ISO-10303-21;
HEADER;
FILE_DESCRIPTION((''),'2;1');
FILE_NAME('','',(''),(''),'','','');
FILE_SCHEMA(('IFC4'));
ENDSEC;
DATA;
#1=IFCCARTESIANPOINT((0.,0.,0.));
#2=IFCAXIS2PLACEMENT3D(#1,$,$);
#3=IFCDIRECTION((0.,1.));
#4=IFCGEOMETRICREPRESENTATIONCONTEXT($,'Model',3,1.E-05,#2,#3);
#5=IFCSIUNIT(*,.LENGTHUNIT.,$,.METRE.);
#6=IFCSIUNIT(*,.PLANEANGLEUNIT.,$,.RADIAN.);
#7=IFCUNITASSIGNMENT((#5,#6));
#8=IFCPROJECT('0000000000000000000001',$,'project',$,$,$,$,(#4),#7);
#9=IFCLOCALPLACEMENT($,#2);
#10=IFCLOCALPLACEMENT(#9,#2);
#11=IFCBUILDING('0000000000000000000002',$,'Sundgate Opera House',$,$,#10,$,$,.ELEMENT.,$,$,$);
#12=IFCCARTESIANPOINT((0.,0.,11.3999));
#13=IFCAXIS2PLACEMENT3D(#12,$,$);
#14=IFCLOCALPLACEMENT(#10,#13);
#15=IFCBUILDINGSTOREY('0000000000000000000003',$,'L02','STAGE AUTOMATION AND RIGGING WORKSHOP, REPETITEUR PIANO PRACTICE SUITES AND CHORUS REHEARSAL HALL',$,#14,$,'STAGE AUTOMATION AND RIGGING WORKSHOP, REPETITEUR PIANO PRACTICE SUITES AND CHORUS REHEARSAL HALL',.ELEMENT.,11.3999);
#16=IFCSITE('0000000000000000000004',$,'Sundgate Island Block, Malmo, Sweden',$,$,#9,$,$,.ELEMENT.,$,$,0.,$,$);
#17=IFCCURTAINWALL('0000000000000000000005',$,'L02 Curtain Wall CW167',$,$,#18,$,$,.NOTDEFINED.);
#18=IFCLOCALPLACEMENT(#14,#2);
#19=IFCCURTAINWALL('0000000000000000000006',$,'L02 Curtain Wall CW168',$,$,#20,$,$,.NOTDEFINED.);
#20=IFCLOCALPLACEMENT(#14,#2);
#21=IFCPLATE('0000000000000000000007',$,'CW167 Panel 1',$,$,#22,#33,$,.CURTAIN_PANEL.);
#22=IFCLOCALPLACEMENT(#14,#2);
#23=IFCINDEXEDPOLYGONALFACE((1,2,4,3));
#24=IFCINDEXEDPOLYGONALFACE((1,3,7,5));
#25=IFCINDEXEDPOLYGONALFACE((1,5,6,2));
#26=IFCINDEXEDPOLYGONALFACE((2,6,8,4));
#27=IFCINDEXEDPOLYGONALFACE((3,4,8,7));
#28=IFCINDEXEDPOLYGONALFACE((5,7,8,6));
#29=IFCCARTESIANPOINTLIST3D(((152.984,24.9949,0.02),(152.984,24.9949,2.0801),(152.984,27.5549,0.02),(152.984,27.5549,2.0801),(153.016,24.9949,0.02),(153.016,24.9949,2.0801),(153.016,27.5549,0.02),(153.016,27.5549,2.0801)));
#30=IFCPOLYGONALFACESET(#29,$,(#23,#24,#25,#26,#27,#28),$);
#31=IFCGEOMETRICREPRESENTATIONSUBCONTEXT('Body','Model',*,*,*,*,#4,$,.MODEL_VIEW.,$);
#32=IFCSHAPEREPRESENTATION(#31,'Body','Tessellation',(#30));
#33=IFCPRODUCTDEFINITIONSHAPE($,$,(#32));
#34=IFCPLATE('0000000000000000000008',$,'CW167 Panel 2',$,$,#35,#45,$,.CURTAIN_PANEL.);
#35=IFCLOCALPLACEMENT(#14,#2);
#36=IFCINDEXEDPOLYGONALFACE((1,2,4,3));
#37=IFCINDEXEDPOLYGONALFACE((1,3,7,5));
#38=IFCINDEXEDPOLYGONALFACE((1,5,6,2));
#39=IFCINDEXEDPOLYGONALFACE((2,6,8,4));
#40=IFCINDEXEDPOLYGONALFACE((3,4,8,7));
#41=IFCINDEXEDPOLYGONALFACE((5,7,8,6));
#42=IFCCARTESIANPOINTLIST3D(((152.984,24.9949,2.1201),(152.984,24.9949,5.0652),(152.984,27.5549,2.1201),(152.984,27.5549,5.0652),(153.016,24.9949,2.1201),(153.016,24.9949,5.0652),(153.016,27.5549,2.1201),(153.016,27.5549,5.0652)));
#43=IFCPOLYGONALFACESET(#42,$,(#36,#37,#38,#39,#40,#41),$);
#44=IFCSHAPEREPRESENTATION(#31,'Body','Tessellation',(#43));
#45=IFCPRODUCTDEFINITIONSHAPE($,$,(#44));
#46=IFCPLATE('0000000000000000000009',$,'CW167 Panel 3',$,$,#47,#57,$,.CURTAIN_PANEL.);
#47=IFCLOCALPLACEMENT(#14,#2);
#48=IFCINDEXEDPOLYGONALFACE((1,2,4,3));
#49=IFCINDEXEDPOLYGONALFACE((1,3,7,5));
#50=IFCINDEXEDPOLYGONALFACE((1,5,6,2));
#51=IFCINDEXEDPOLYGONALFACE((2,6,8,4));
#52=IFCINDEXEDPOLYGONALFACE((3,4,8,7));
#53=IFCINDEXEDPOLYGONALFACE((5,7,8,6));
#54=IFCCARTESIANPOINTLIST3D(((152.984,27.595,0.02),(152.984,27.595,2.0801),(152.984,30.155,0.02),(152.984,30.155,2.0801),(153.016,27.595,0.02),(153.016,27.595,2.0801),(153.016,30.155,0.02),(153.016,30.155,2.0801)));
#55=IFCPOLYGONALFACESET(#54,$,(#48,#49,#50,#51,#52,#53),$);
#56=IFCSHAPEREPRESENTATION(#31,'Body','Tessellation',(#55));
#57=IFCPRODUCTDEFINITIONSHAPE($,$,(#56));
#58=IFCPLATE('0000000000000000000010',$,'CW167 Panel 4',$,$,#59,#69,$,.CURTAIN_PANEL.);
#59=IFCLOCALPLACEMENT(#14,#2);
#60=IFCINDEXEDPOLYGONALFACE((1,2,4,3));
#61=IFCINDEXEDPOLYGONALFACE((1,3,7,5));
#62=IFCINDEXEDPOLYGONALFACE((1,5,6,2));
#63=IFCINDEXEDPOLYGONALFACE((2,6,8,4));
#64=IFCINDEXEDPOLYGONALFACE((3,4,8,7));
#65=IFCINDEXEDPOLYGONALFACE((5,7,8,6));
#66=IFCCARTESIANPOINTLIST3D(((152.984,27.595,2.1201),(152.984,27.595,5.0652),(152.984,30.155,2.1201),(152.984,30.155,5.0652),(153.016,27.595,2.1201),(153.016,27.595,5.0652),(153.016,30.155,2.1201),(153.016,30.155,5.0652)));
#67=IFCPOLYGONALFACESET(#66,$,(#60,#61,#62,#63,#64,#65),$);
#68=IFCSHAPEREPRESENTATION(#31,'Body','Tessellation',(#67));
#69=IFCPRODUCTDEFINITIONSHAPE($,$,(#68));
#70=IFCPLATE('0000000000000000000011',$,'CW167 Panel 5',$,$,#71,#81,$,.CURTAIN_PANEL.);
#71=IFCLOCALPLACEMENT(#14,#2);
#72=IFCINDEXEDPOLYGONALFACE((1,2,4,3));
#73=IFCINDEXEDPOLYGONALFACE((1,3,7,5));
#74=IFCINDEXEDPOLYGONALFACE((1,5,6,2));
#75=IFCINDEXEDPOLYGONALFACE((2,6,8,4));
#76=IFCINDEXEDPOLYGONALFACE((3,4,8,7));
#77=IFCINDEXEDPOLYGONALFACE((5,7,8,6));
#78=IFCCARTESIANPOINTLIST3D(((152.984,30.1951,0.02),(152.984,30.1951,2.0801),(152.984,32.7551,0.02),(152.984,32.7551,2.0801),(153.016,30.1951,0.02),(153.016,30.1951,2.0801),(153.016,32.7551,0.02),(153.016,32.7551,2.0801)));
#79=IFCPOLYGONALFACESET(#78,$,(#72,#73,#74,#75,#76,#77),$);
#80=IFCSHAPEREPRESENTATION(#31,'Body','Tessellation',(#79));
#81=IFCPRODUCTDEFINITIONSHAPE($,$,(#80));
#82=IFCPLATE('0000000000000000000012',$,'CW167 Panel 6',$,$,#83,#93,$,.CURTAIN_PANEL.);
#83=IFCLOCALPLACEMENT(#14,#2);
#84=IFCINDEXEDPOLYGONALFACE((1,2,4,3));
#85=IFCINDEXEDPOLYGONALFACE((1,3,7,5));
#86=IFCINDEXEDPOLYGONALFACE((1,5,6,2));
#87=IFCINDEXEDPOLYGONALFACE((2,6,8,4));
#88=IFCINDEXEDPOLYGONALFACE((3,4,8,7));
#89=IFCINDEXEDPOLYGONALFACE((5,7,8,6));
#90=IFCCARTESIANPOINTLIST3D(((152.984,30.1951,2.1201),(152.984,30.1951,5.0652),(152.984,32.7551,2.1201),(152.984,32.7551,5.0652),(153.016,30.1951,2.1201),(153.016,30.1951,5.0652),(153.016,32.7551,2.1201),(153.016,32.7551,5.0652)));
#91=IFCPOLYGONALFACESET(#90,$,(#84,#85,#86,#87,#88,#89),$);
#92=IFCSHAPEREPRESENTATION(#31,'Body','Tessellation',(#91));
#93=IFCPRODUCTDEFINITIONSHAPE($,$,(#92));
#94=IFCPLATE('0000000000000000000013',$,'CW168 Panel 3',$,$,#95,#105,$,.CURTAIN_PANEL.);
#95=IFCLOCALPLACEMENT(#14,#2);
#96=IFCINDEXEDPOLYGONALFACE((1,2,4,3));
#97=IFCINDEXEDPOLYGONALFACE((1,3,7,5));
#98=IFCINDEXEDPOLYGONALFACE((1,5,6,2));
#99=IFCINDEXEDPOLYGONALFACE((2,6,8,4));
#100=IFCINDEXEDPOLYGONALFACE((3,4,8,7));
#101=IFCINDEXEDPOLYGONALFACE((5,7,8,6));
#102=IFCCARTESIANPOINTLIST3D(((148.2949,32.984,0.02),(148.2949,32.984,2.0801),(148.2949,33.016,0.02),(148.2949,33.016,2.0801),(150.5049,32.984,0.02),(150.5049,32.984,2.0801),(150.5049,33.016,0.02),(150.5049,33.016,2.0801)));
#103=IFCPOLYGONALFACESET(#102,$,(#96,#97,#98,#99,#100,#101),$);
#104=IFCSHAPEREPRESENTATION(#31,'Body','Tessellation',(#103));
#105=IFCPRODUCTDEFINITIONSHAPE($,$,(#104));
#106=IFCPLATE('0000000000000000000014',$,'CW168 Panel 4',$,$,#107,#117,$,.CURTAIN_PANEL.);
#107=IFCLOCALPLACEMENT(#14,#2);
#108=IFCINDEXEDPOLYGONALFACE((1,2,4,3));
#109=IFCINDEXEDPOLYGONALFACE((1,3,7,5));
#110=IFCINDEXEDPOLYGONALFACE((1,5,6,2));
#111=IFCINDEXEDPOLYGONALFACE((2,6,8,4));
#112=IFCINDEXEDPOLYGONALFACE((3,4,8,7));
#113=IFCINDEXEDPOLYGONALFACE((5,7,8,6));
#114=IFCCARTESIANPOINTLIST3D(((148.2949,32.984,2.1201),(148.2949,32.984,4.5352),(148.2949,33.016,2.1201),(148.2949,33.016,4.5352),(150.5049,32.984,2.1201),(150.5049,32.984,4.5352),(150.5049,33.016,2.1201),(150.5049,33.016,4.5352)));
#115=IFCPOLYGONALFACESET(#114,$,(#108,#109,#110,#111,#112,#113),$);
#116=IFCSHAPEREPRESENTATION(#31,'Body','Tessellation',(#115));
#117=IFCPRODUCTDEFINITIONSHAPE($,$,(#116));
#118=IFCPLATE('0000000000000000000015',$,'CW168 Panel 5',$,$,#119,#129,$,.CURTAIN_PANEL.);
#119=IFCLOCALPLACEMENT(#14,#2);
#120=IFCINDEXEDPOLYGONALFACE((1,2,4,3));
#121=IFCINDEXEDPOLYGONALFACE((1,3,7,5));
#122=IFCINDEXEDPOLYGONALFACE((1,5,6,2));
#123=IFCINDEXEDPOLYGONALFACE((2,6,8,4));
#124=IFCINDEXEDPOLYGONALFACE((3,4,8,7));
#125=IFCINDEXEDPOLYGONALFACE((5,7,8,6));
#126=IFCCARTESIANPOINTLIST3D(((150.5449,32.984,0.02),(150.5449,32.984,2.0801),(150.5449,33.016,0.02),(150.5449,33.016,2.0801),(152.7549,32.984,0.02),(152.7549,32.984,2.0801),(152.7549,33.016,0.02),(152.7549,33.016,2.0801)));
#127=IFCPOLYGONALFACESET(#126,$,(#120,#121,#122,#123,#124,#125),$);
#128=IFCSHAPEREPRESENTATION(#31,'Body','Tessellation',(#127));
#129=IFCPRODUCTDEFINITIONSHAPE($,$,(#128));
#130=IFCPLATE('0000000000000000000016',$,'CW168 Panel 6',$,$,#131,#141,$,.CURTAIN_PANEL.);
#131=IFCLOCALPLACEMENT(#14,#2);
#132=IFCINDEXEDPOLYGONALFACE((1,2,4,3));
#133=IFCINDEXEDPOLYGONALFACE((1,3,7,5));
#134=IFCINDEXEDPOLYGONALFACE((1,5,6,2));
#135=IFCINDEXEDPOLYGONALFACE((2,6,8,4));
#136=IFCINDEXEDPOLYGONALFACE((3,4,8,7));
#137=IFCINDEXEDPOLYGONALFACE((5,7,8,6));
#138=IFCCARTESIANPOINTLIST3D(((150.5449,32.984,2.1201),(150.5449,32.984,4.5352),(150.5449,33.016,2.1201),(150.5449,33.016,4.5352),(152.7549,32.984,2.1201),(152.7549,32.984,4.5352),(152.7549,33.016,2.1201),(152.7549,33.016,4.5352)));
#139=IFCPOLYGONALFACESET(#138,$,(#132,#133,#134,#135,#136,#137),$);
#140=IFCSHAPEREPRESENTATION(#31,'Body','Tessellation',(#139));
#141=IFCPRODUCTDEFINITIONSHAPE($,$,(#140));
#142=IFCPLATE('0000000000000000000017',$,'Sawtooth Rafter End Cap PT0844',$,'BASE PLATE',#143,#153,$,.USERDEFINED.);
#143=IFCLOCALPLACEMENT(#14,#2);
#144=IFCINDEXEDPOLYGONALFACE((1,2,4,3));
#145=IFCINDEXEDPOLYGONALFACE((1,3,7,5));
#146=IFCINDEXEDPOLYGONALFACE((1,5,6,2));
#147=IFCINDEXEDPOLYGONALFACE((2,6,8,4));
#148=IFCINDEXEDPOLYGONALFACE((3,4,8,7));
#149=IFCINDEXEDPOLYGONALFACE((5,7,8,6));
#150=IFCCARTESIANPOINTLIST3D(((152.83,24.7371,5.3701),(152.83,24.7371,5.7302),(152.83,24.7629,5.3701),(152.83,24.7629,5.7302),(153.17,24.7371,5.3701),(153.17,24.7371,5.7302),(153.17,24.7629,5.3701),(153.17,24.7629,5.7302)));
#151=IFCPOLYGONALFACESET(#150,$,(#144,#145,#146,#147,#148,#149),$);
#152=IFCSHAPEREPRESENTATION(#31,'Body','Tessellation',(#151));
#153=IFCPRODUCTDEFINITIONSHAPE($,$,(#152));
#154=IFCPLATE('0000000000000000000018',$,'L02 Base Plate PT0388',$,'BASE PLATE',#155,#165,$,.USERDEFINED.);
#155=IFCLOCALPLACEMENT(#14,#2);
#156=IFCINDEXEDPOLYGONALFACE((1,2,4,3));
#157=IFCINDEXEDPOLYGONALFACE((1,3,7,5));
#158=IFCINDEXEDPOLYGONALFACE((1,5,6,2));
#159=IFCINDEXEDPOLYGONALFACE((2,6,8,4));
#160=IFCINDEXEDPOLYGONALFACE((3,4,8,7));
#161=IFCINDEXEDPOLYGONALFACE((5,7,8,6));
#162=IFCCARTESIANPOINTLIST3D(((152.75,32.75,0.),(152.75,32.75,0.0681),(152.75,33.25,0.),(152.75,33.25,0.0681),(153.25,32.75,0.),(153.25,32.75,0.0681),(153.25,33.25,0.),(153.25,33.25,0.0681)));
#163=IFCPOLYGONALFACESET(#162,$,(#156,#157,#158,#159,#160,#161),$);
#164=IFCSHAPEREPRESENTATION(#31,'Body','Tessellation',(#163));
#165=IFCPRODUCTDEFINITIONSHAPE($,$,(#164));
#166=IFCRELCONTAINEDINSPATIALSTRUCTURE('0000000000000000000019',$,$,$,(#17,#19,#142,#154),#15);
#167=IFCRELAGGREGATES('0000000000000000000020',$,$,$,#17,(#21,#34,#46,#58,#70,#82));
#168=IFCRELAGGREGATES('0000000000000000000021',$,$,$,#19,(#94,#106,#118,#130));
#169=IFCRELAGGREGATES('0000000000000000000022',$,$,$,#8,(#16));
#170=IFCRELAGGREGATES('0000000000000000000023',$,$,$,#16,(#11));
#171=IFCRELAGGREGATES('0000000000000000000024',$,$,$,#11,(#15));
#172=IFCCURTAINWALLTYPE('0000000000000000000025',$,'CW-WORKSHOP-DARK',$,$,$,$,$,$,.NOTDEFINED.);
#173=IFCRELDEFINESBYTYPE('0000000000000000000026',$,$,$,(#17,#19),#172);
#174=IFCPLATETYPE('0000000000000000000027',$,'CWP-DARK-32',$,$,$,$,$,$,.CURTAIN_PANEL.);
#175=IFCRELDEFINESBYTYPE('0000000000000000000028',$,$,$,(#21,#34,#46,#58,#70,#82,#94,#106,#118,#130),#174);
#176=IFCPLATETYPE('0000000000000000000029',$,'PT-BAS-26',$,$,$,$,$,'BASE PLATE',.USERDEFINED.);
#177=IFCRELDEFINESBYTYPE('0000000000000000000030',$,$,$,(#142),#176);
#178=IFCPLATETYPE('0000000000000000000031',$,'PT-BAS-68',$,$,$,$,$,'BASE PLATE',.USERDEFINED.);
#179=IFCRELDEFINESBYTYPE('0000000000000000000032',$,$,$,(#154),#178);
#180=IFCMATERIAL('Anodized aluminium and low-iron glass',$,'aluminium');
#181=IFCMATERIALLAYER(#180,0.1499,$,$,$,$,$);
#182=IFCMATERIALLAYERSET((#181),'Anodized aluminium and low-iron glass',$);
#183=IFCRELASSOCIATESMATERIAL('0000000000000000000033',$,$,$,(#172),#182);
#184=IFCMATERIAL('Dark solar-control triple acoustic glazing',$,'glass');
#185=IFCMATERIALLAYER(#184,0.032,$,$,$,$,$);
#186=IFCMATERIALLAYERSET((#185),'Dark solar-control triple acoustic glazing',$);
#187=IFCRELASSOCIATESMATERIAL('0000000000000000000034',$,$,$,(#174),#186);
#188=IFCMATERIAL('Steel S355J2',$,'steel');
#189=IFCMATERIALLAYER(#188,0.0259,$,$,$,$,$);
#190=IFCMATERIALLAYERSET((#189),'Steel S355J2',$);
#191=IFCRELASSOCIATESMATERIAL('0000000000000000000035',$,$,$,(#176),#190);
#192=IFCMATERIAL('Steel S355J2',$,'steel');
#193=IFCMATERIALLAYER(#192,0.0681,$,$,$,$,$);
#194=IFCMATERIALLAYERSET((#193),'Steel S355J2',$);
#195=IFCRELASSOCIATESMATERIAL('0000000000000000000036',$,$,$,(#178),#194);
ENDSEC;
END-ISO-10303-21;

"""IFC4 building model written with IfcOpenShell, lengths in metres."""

from ifc_helpers import new_model, si_unit, direction, frame, origin, origin_2d, place, context, subcontext, project, spatial, rectangle, extrude, material, layer, layer_set, type_object, element, aggregate, save


model = new_model("IFC4")

# Units and contexts
model_context = context("Model", 3, precision=1e-05, world=origin(), true_north=direction((0.0, 1.0)))
body_context = subcontext(model_context, "Body", "Model", "MODEL_VIEW")
ifc_project = project(units=[si_unit("LENGTHUNIT", "METRE"), si_unit("PLANEANGLEUNIT", "RADIAN")], contexts=[model_context])

# Site, building, storey
site_placement = place(None, origin())
site = spatial("IfcSite", under=ifc_project, at=site_placement, Name="Sundgate Island Block, Malmo, Sweden", CompositionType="ELEMENT", RefElevation=0.0)
building_placement = place(site_placement, origin())
building = spatial("IfcBuilding", under=site, at=building_placement, Name="Sundgate Opera House", CompositionType="ELEMENT")
storey_placement = place(building_placement, frame((0.0, 0.0, 11.3999)))
storey = spatial("IfcBuildingStorey", under=building, at=storey_placement, Name="L02", Description="STAGE AUTOMATION AND RIGGING WORKSHOP, REPETITEUR PIANO PRACTICE SUITES AND CHORUS REHEARSAL HALL", LongName="STAGE AUTOMATION AND RIGGING WORKSHOP, REPETITEUR PIANO PRACTICE SUITES AND CHORUS REHEARSAL HALL", CompositionType="ELEMENT", Elevation=11.3999)

# Curtain walls
ifc_material_1 = material(Name="Anodized aluminium and low-iron glass", Category="aluminium")
ifc_layer_1 = layer(ifc_material_1, 0.1499)
ifc_layer_set_1 = layer_set([ifc_layer_1], Name="Anodized aluminium and low-iron glass")
curtain_wall_type = type_object("IfcCurtainWallType", Name="CW-WORKSHOP-DARK", PredefinedType="NOTDEFINED", material=ifc_layer_set_1)
curtain_wall_1_placement = place(storey_placement, origin())
curtain_wall_1 = element("IfcCurtainWall", 1, at=curtain_wall_1_placement, inside=storey, type_object=curtain_wall_type, Name="L02 Curtain Wall CW167", PredefinedType="NOTDEFINED")
curtain_wall_2_placement = place(storey_placement, origin())
curtain_wall_2 = element("IfcCurtainWall", 2, at=curtain_wall_2_placement, inside=storey, type_object=curtain_wall_type, Name="L02 Curtain Wall CW168", PredefinedType="NOTDEFINED")

# Plates
ifc_material_2 = material(Name="Dark solar-control triple acoustic glazing", Category="glass")
ifc_layer_2 = layer(ifc_material_2, 0.032)
ifc_layer_set_2 = layer_set([ifc_layer_2], Name="Dark solar-control triple acoustic glazing")
plate_type_1 = type_object("IfcPlateType", Name="CWP-DARK-32", PredefinedType="CURTAIN_PANEL", material=ifc_layer_set_2)
plate_1_placement = place(storey_placement, frame((153.0, 26.2749, 0.02), z_axis=(0.0, 0.0, 1.0), x_axis=(0.0, 1.0, 0.0)))
plate_1 = element("IfcPlate", 3, at=plate_1_placement, type_object=plate_type_1, Name="CW167 Panel 1", PredefinedType="CURTAIN_PANEL", context=body_context, shape_type="SweptSolid", body=[
    extrude(rectangle(XDim=2.5601, YDim=0.032, at=origin_2d()), origin(), (0.0, 0.0, 1.0), 2.0601),
])
plate_2_placement = place(storey_placement, frame((153.0, 26.2749, 2.1201), z_axis=(0.0, 0.0, 1.0), x_axis=(0.0, 1.0, 0.0)))
plate_2 = element("IfcPlate", 4, at=plate_2_placement, type_object=plate_type_1, Name="CW167 Panel 2", PredefinedType="CURTAIN_PANEL", context=body_context, shape_type="SweptSolid", body=[
    extrude(rectangle(XDim=2.5601, YDim=0.032, at=origin_2d()), origin(), (0.0, 0.0, 1.0), 2.9451),
])
plate_3_placement = place(storey_placement, frame((153.0, 28.875, 0.02), z_axis=(0.0, 0.0, 1.0), x_axis=(0.0, 1.0, 0.0)))
plate_3 = element("IfcPlate", 5, at=plate_3_placement, type_object=plate_type_1, Name="CW167 Panel 3", PredefinedType="CURTAIN_PANEL", context=body_context, shape_type="SweptSolid", body=[
    extrude(rectangle(XDim=2.5601, YDim=0.032, at=origin_2d()), origin(), (0.0, 0.0, 1.0), 2.0601),
])
plate_4_placement = place(storey_placement, frame((153.0, 28.875, 2.1201), z_axis=(0.0, 0.0, 1.0), x_axis=(0.0, 1.0, 0.0)))
plate_4 = element("IfcPlate", 6, at=plate_4_placement, type_object=plate_type_1, Name="CW167 Panel 4", PredefinedType="CURTAIN_PANEL", context=body_context, shape_type="SweptSolid", body=[
    extrude(rectangle(XDim=2.5601, YDim=0.032, at=origin_2d()), origin(), (0.0, 0.0, 1.0), 2.9451),
])
plate_5_placement = place(storey_placement, frame((153.0, 31.4751, 0.02), z_axis=(0.0, 0.0, 1.0), x_axis=(0.0, 1.0, 0.0)))
plate_5 = element("IfcPlate", 7, at=plate_5_placement, type_object=plate_type_1, Name="CW167 Panel 5", PredefinedType="CURTAIN_PANEL", context=body_context, shape_type="SweptSolid", body=[
    extrude(rectangle(XDim=2.5601, YDim=0.032, at=origin_2d()), origin(), (0.0, 0.0, 1.0), 2.0601),
])
plate_6_placement = place(storey_placement, frame((153.0, 31.4751, 2.1201), z_axis=(0.0, 0.0, 1.0), x_axis=(0.0, 1.0, 0.0)))
plate_6 = element("IfcPlate", 8, at=plate_6_placement, type_object=plate_type_1, Name="CW167 Panel 6", PredefinedType="CURTAIN_PANEL", context=body_context, shape_type="SweptSolid", body=[
    extrude(rectangle(XDim=2.5601, YDim=0.032, at=origin_2d()), origin(), (0.0, 0.0, 1.0), 2.9451),
])
aggregate(curtain_wall_1, [plate_1, plate_2, plate_3, plate_4, plate_5, plate_6])
plate_7_placement = place(storey_placement, frame((149.3999, 33.0, 0.02), z_axis=(0.0, 0.0, 1.0), x_axis=(1.0, 0.0, 0.0)))
plate_7 = element("IfcPlate", 9, at=plate_7_placement, type_object=plate_type_1, Name="CW168 Panel 3", PredefinedType="CURTAIN_PANEL", context=body_context, shape_type="SweptSolid", body=[
    extrude(rectangle(XDim=2.21, YDim=0.032, at=origin_2d()), origin(), (0.0, 0.0, 1.0), 2.0601),
])
plate_8_placement = place(storey_placement, frame((149.3999, 33.0, 2.1201), z_axis=(0.0, 0.0, 1.0), x_axis=(1.0, 0.0, 0.0)))
plate_8 = element("IfcPlate", 10, at=plate_8_placement, type_object=plate_type_1, Name="CW168 Panel 4", PredefinedType="CURTAIN_PANEL", context=body_context, shape_type="SweptSolid", body=[
    extrude(rectangle(XDim=2.21, YDim=0.032, at=origin_2d()), origin(), (0.0, 0.0, 1.0), 2.415),
])
plate_9_placement = place(storey_placement, frame((151.6499, 33.0, 0.02), z_axis=(0.0, 0.0, 1.0), x_axis=(1.0, 0.0, 0.0)))
plate_9 = element("IfcPlate", 11, at=plate_9_placement, type_object=plate_type_1, Name="CW168 Panel 5", PredefinedType="CURTAIN_PANEL", context=body_context, shape_type="SweptSolid", body=[
    extrude(rectangle(XDim=2.21, YDim=0.032, at=origin_2d()), origin(), (0.0, 0.0, 1.0), 2.0601),
])
plate_10_placement = place(storey_placement, frame((151.6499, 33.0, 2.1201), z_axis=(0.0, 0.0, 1.0), x_axis=(1.0, 0.0, 0.0)))
plate_10 = element("IfcPlate", 12, at=plate_10_placement, type_object=plate_type_1, Name="CW168 Panel 6", PredefinedType="CURTAIN_PANEL", context=body_context, shape_type="SweptSolid", body=[
    extrude(rectangle(XDim=2.21, YDim=0.032, at=origin_2d()), origin(), (0.0, 0.0, 1.0), 2.415),
])
aggregate(curtain_wall_2, [plate_7, plate_8, plate_9, plate_10])

# Plates
ifc_material_3 = material(Name="Steel S355J2", Category="steel")
ifc_layer_3 = layer(ifc_material_3, 0.0259)
ifc_layer_set_3 = layer_set([ifc_layer_3], Name="Steel S355J2")
plate_type_2 = type_object("IfcPlateType", Name="PT-BAS-26", ElementType="BASE PLATE", PredefinedType="USERDEFINED", material=ifc_layer_set_3)
plate_11_placement = place(storey_placement, frame((153.0, 24.75, 5.3701), z_axis=(0.0, 0.0, 1.0), x_axis=(1.0, 0.0, 0.0)))
element("IfcPlate", 13, at=plate_11_placement, inside=storey, type_object=plate_type_2, Name="Sawtooth Rafter End Cap PT0844", ObjectType="BASE PLATE", PredefinedType="USERDEFINED", context=body_context, shape_type="SweptSolid", body=[
    extrude(rectangle(XDim=0.3401, YDim=0.0259, at=origin_2d()), origin(), (0.0, 0.0, 1.0), 0.3601),
])
ifc_material_4 = material(Name="Steel S355J2", Category="steel")
ifc_layer_4 = layer(ifc_material_4, 0.0681)
ifc_layer_set_4 = layer_set([ifc_layer_4], Name="Steel S355J2")
plate_type_3 = type_object("IfcPlateType", Name="PT-BAS-68", ElementType="BASE PLATE", PredefinedType="USERDEFINED", material=ifc_layer_set_4)
plate_12_placement = place(storey_placement, frame((153.0, 33.0, 0.0), z_axis=(0.0, 0.0, 1.0), x_axis=(1.0, 0.0, 0.0)))
element("IfcPlate", 14, at=plate_12_placement, inside=storey, type_object=plate_type_3, Name="L02 Base Plate PT0388", ObjectType="BASE PLATE", PredefinedType="USERDEFINED", context=body_context, shape_type="SweptSolid", body=[
    extrude(rectangle(XDim=0.5, YDim=0.5, at=origin_2d()), origin(), (0.0, 0.0, 1.0), 0.0681),
])

save(model, "model.ifc")
